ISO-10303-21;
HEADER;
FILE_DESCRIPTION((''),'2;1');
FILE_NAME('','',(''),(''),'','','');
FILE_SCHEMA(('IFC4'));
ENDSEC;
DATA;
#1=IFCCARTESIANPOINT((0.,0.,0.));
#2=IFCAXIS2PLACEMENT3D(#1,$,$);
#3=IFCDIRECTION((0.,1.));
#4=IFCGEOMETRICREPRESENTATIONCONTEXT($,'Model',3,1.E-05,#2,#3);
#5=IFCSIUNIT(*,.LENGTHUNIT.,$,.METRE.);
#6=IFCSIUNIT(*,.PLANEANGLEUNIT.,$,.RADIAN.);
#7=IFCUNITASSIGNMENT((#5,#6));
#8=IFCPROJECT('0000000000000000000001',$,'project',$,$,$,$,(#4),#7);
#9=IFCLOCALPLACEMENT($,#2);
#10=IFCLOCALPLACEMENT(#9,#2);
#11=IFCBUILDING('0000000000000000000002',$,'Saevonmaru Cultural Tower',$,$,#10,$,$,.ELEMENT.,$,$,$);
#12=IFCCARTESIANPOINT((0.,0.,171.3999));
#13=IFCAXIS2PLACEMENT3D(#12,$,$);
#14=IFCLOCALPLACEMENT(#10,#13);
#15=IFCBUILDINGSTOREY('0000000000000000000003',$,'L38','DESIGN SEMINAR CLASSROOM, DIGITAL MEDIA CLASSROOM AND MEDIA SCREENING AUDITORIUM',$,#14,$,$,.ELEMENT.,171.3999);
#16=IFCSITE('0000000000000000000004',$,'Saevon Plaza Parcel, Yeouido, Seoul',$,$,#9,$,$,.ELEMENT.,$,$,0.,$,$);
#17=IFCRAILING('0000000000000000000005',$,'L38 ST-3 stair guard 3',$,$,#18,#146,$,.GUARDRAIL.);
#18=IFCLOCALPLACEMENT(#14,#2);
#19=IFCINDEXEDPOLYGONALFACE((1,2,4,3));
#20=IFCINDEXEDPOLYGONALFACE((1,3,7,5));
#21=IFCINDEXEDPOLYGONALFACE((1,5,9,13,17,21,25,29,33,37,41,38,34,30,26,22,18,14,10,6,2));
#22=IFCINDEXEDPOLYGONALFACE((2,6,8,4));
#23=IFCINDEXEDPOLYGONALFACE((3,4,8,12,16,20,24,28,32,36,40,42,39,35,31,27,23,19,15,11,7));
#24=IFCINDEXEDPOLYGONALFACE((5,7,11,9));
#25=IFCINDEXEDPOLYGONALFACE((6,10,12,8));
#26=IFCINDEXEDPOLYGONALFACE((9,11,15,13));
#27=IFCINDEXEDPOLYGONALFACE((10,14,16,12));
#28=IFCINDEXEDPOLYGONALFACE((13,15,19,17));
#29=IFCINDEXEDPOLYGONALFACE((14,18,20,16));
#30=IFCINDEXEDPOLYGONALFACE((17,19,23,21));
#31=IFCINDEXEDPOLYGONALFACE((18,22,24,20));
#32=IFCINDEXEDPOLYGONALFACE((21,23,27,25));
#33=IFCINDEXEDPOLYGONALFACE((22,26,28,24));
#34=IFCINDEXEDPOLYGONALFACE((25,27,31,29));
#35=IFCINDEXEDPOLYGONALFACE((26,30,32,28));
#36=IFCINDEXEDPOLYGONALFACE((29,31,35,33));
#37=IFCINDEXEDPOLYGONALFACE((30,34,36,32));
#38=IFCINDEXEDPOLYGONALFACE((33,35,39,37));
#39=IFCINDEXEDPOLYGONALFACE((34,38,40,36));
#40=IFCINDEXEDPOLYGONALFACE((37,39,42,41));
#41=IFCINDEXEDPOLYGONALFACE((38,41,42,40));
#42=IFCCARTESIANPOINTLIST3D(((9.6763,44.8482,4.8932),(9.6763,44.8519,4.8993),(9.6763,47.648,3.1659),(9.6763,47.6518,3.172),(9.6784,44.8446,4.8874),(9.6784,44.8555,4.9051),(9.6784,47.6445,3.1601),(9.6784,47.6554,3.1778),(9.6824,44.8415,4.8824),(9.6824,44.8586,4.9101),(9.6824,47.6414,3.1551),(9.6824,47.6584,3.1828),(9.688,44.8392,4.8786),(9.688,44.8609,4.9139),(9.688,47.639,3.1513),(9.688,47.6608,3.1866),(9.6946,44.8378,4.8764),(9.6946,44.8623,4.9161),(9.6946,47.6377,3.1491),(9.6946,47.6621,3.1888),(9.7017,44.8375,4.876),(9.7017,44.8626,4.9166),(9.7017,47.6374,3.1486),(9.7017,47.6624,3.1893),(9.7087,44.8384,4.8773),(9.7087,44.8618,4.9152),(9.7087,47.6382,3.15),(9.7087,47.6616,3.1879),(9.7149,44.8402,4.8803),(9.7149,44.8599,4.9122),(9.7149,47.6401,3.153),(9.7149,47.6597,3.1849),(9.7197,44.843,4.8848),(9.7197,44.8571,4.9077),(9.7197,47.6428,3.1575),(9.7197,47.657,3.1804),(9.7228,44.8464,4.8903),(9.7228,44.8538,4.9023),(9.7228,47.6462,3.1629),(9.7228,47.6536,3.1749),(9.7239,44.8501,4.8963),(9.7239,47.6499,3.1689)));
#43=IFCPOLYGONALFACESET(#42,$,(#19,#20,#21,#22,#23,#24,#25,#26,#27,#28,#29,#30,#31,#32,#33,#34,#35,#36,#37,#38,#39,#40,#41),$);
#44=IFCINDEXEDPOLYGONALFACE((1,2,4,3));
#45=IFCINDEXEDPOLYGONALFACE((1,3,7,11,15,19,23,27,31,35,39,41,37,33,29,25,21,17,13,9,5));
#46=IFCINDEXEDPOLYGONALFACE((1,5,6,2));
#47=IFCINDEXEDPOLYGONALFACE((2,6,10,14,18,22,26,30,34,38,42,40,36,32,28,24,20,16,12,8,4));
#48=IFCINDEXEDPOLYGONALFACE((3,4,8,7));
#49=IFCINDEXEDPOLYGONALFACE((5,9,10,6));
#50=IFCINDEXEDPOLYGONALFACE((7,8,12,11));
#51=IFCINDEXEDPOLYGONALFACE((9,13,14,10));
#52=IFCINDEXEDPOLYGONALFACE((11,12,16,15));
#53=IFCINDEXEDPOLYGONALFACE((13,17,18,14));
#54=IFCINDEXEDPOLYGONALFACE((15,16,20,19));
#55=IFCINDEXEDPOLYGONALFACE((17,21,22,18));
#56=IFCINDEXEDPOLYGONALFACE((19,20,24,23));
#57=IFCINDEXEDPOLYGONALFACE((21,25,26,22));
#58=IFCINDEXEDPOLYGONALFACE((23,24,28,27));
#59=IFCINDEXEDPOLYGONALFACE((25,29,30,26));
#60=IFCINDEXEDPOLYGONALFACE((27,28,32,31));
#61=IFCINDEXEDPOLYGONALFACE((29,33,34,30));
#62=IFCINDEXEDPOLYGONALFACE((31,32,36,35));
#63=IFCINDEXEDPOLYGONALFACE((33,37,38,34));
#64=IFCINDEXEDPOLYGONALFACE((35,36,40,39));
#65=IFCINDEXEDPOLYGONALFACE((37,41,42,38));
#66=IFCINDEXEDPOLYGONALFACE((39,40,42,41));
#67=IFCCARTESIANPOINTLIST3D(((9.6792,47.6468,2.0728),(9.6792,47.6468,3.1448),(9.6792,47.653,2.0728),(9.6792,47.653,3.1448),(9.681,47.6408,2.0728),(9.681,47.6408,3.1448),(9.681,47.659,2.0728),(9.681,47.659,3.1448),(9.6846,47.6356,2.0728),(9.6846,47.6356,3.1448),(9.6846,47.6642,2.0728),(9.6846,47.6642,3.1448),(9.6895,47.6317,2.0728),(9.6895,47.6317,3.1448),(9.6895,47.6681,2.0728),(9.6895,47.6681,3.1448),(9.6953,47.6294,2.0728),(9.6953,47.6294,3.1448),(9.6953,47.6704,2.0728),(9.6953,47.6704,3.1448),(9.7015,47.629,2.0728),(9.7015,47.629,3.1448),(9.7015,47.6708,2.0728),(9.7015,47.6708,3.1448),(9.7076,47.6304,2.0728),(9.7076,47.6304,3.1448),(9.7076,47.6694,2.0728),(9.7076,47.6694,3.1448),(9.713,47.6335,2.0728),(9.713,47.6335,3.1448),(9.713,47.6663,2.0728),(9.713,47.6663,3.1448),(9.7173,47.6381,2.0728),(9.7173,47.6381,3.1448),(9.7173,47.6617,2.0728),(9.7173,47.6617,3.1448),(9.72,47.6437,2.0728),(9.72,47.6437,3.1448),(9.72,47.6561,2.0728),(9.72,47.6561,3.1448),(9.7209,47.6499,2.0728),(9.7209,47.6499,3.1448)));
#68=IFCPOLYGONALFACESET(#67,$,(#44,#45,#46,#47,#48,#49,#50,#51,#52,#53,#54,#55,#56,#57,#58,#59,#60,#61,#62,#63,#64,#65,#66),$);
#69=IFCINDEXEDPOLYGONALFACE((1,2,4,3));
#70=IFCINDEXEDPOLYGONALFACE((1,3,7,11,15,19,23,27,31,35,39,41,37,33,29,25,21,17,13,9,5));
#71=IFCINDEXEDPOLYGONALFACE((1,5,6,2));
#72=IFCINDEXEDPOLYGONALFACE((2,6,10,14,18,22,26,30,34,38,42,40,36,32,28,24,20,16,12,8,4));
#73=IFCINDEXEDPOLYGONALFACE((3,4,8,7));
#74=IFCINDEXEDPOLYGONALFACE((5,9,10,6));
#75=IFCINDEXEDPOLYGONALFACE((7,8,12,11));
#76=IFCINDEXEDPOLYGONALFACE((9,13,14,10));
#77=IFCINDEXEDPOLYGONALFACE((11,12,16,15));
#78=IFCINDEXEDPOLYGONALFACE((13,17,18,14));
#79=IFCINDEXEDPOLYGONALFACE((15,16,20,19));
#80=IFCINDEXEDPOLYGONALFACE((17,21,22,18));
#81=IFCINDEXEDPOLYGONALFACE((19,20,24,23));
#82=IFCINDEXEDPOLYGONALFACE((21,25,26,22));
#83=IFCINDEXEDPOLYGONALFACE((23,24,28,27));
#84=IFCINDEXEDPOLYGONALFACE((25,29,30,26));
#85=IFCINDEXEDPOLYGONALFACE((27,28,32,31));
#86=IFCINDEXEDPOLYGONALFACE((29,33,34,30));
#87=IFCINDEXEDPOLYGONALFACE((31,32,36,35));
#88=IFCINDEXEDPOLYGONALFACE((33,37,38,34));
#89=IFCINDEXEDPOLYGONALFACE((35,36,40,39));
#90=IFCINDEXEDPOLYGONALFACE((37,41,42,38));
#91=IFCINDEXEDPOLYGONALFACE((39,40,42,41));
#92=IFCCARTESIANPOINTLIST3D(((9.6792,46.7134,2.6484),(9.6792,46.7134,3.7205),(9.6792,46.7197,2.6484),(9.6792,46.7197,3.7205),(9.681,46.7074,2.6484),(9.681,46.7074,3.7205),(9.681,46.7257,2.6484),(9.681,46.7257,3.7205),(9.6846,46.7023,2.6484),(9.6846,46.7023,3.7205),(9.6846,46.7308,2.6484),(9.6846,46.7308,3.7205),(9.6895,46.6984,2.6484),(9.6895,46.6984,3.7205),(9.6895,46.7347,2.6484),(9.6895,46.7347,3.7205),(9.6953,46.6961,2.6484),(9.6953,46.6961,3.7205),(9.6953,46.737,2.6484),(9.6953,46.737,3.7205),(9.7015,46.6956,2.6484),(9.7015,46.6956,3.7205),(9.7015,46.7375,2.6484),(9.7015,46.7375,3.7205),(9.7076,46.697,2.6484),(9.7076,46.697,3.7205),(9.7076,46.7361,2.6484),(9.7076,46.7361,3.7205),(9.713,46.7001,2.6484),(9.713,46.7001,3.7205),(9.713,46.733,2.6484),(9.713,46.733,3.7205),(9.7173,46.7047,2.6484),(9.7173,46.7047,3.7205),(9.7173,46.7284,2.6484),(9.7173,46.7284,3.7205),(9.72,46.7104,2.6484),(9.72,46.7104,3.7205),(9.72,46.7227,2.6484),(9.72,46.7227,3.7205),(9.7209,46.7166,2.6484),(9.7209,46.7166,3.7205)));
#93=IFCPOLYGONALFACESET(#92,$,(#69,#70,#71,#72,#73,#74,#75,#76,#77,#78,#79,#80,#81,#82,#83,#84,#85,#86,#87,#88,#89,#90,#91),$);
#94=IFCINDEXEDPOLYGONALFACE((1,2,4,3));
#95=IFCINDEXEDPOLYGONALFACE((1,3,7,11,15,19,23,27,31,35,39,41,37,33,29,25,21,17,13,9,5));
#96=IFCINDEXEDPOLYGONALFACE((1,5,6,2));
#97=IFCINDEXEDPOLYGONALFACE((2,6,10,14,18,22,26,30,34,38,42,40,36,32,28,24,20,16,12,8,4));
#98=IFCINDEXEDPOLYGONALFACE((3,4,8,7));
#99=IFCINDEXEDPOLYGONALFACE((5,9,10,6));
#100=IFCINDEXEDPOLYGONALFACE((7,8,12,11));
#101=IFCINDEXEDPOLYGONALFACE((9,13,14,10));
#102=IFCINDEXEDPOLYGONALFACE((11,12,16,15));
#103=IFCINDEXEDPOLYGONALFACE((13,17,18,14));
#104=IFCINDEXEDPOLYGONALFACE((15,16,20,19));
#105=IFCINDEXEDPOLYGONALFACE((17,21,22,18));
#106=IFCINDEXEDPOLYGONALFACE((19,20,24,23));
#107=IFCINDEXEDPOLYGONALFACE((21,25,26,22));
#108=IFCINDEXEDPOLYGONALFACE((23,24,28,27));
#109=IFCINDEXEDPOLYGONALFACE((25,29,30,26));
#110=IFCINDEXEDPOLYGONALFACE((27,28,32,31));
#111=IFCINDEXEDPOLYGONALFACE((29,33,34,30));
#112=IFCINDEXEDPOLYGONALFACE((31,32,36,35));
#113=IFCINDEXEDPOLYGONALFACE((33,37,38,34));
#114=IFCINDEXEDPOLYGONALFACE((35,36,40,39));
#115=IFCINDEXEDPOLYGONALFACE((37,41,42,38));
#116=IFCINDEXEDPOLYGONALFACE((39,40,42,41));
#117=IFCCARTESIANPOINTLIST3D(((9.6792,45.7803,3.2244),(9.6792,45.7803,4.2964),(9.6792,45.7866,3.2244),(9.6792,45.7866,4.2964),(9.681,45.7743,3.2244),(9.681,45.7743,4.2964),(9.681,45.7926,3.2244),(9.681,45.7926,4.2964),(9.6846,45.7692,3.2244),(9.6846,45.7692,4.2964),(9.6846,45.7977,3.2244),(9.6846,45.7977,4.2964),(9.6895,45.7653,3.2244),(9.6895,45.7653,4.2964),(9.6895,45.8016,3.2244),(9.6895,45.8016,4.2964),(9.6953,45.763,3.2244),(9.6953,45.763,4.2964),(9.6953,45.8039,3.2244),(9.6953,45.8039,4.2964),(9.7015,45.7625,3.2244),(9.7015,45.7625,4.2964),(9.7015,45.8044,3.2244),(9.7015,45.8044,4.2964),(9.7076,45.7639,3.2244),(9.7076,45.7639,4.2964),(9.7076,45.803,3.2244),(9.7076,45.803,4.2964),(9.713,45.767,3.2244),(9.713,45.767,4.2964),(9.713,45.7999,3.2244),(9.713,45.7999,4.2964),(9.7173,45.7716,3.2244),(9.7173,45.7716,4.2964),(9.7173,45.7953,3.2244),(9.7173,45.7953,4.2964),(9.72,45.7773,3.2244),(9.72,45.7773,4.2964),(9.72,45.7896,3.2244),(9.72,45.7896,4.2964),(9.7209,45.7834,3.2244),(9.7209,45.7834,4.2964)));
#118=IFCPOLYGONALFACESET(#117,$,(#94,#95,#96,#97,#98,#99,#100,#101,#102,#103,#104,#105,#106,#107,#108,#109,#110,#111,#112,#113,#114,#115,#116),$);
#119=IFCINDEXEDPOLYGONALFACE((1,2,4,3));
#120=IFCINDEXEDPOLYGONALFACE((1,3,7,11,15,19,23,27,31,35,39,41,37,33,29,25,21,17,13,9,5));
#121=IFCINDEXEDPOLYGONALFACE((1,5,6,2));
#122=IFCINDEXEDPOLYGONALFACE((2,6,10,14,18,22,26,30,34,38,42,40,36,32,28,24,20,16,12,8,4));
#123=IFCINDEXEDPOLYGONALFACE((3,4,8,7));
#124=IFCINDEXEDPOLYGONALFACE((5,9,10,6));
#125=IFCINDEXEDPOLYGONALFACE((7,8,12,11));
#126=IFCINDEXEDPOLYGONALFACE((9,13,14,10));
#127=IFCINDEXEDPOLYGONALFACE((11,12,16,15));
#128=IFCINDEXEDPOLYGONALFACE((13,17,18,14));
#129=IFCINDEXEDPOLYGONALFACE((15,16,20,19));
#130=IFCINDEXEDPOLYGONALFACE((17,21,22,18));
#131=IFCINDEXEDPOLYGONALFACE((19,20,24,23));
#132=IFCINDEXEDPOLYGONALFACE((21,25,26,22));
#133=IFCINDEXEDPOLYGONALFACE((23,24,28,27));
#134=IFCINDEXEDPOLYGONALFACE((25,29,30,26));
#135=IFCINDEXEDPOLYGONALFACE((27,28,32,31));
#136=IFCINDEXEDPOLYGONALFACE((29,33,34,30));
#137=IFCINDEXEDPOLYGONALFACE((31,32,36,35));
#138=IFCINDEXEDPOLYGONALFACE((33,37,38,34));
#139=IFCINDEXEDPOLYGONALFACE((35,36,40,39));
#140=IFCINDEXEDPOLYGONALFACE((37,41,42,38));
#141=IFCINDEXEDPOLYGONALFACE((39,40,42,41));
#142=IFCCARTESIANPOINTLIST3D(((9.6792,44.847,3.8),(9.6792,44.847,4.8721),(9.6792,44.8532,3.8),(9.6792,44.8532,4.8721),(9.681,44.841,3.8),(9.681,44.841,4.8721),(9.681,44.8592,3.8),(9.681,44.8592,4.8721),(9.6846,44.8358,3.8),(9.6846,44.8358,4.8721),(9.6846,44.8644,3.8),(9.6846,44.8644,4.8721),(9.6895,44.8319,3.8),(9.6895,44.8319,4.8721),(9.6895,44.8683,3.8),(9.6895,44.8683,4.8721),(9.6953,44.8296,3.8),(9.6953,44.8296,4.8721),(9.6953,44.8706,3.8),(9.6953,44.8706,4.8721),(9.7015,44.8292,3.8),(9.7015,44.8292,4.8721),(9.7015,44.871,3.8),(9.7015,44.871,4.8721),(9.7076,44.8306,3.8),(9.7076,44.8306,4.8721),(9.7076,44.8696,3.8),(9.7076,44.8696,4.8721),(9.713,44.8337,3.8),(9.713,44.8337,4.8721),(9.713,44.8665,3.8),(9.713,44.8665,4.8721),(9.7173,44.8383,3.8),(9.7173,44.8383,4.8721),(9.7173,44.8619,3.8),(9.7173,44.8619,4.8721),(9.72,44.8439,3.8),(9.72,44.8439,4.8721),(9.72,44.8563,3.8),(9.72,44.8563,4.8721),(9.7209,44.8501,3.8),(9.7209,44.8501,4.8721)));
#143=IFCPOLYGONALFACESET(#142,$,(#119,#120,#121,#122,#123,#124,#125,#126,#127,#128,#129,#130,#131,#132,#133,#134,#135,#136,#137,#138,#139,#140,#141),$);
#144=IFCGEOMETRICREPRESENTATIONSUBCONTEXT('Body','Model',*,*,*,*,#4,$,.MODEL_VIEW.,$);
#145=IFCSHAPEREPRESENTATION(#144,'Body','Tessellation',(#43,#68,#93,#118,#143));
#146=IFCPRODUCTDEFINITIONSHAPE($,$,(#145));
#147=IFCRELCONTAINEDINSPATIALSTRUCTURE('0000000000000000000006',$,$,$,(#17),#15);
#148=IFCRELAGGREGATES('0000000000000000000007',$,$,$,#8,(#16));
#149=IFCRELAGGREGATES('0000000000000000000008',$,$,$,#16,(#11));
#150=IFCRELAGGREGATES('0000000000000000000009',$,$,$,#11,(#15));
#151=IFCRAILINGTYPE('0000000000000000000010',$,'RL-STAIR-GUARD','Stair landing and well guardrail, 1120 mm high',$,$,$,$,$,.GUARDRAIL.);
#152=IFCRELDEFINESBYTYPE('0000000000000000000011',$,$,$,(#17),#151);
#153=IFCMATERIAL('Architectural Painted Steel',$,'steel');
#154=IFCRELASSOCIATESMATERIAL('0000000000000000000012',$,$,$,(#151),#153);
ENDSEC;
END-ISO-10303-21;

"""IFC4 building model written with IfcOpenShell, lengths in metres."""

from ifc_helpers import new_model, si_unit, direction, frame, origin, origin_2d, place, context, subcontext, project, spatial, circle, extrude, material, type_object, element, save


model = new_model("IFC4")

# Units and contexts
model_context = context("Model", 3, precision=1e-05, world=origin(), true_north=direction((0.0, 1.0)))
body_context = subcontext(model_context, "Body", "Model", "MODEL_VIEW")
ifc_project = project(units=[si_unit("LENGTHUNIT", "METRE"), si_unit("PLANEANGLEUNIT", "RADIAN")], contexts=[model_context])

# Site, building, storey
site_placement = place(None, origin())
site = spatial("IfcSite", under=ifc_project, at=site_placement, Name="Saevon Plaza Parcel, Yeouido, Seoul", CompositionType="ELEMENT", RefElevation=0.0)
building_placement = place(site_placement, origin())
building = spatial("IfcBuilding", under=site, at=building_placement, Name="Saevonmaru Cultural Tower", CompositionType="ELEMENT")
storey_placement = place(building_placement, frame((0.0, 0.0, 171.3999)))
storey = spatial("IfcBuildingStorey", under=building, at=storey_placement, Name="L38", Description="DESIGN SEMINAR CLASSROOM, DIGITAL MEDIA CLASSROOM AND MEDIA SCREENING AUDITORIUM", CompositionType="ELEMENT", Elevation=171.3999)

# Railing
ifc_material_1 = material(Name="Architectural Painted Steel", Category="steel")
railing_type_1 = type_object("IfcRailingType", Name="RL-STAIR-GUARD", Description="Stair landing and well guardrail, 1120 mm high", PredefinedType="GUARDRAIL", material=ifc_material_1)
railing_1_placement = place(storey_placement, frame((9.7, 47.6499, 2.0728)))
element("IfcRailing", 1, at=railing_1_placement, inside=storey, type_object=railing_type_1, Name="L38 ST-3 stair guard 3", PredefinedType="GUARDRAIL", context=body_context, shape_type="SweptSolid", body=[
    extrude(circle(Radius=0.0239, at=origin_2d()), frame((0.0, 0.0, 1.0962), z_axis=(0.0, -0.851069, 0.525054), x_axis=(1.0, 0.0, 0.0)), (0.0, 0.0, 1.0), 3.2898),
    extrude(circle(Radius=0.021, at=origin_2d()), origin(), (0.0, 0.0, 1.0), 1.072),
    extrude(circle(Radius=0.021, at=origin_2d()), frame((0.0, -0.9333, 0.5757)), (0.0, 0.0, 1.0), 1.072),
    extrude(circle(Radius=0.021, at=origin_2d()), frame((0.0, -1.8665, 1.1516)), (0.0, 0.0, 1.0), 1.072),
    extrude(circle(Radius=0.021, at=origin_2d()), frame((0.0, -2.7998, 1.7273)), (0.0, 0.0, 1.0), 1.072),
])

save(model, "model.ifc")
